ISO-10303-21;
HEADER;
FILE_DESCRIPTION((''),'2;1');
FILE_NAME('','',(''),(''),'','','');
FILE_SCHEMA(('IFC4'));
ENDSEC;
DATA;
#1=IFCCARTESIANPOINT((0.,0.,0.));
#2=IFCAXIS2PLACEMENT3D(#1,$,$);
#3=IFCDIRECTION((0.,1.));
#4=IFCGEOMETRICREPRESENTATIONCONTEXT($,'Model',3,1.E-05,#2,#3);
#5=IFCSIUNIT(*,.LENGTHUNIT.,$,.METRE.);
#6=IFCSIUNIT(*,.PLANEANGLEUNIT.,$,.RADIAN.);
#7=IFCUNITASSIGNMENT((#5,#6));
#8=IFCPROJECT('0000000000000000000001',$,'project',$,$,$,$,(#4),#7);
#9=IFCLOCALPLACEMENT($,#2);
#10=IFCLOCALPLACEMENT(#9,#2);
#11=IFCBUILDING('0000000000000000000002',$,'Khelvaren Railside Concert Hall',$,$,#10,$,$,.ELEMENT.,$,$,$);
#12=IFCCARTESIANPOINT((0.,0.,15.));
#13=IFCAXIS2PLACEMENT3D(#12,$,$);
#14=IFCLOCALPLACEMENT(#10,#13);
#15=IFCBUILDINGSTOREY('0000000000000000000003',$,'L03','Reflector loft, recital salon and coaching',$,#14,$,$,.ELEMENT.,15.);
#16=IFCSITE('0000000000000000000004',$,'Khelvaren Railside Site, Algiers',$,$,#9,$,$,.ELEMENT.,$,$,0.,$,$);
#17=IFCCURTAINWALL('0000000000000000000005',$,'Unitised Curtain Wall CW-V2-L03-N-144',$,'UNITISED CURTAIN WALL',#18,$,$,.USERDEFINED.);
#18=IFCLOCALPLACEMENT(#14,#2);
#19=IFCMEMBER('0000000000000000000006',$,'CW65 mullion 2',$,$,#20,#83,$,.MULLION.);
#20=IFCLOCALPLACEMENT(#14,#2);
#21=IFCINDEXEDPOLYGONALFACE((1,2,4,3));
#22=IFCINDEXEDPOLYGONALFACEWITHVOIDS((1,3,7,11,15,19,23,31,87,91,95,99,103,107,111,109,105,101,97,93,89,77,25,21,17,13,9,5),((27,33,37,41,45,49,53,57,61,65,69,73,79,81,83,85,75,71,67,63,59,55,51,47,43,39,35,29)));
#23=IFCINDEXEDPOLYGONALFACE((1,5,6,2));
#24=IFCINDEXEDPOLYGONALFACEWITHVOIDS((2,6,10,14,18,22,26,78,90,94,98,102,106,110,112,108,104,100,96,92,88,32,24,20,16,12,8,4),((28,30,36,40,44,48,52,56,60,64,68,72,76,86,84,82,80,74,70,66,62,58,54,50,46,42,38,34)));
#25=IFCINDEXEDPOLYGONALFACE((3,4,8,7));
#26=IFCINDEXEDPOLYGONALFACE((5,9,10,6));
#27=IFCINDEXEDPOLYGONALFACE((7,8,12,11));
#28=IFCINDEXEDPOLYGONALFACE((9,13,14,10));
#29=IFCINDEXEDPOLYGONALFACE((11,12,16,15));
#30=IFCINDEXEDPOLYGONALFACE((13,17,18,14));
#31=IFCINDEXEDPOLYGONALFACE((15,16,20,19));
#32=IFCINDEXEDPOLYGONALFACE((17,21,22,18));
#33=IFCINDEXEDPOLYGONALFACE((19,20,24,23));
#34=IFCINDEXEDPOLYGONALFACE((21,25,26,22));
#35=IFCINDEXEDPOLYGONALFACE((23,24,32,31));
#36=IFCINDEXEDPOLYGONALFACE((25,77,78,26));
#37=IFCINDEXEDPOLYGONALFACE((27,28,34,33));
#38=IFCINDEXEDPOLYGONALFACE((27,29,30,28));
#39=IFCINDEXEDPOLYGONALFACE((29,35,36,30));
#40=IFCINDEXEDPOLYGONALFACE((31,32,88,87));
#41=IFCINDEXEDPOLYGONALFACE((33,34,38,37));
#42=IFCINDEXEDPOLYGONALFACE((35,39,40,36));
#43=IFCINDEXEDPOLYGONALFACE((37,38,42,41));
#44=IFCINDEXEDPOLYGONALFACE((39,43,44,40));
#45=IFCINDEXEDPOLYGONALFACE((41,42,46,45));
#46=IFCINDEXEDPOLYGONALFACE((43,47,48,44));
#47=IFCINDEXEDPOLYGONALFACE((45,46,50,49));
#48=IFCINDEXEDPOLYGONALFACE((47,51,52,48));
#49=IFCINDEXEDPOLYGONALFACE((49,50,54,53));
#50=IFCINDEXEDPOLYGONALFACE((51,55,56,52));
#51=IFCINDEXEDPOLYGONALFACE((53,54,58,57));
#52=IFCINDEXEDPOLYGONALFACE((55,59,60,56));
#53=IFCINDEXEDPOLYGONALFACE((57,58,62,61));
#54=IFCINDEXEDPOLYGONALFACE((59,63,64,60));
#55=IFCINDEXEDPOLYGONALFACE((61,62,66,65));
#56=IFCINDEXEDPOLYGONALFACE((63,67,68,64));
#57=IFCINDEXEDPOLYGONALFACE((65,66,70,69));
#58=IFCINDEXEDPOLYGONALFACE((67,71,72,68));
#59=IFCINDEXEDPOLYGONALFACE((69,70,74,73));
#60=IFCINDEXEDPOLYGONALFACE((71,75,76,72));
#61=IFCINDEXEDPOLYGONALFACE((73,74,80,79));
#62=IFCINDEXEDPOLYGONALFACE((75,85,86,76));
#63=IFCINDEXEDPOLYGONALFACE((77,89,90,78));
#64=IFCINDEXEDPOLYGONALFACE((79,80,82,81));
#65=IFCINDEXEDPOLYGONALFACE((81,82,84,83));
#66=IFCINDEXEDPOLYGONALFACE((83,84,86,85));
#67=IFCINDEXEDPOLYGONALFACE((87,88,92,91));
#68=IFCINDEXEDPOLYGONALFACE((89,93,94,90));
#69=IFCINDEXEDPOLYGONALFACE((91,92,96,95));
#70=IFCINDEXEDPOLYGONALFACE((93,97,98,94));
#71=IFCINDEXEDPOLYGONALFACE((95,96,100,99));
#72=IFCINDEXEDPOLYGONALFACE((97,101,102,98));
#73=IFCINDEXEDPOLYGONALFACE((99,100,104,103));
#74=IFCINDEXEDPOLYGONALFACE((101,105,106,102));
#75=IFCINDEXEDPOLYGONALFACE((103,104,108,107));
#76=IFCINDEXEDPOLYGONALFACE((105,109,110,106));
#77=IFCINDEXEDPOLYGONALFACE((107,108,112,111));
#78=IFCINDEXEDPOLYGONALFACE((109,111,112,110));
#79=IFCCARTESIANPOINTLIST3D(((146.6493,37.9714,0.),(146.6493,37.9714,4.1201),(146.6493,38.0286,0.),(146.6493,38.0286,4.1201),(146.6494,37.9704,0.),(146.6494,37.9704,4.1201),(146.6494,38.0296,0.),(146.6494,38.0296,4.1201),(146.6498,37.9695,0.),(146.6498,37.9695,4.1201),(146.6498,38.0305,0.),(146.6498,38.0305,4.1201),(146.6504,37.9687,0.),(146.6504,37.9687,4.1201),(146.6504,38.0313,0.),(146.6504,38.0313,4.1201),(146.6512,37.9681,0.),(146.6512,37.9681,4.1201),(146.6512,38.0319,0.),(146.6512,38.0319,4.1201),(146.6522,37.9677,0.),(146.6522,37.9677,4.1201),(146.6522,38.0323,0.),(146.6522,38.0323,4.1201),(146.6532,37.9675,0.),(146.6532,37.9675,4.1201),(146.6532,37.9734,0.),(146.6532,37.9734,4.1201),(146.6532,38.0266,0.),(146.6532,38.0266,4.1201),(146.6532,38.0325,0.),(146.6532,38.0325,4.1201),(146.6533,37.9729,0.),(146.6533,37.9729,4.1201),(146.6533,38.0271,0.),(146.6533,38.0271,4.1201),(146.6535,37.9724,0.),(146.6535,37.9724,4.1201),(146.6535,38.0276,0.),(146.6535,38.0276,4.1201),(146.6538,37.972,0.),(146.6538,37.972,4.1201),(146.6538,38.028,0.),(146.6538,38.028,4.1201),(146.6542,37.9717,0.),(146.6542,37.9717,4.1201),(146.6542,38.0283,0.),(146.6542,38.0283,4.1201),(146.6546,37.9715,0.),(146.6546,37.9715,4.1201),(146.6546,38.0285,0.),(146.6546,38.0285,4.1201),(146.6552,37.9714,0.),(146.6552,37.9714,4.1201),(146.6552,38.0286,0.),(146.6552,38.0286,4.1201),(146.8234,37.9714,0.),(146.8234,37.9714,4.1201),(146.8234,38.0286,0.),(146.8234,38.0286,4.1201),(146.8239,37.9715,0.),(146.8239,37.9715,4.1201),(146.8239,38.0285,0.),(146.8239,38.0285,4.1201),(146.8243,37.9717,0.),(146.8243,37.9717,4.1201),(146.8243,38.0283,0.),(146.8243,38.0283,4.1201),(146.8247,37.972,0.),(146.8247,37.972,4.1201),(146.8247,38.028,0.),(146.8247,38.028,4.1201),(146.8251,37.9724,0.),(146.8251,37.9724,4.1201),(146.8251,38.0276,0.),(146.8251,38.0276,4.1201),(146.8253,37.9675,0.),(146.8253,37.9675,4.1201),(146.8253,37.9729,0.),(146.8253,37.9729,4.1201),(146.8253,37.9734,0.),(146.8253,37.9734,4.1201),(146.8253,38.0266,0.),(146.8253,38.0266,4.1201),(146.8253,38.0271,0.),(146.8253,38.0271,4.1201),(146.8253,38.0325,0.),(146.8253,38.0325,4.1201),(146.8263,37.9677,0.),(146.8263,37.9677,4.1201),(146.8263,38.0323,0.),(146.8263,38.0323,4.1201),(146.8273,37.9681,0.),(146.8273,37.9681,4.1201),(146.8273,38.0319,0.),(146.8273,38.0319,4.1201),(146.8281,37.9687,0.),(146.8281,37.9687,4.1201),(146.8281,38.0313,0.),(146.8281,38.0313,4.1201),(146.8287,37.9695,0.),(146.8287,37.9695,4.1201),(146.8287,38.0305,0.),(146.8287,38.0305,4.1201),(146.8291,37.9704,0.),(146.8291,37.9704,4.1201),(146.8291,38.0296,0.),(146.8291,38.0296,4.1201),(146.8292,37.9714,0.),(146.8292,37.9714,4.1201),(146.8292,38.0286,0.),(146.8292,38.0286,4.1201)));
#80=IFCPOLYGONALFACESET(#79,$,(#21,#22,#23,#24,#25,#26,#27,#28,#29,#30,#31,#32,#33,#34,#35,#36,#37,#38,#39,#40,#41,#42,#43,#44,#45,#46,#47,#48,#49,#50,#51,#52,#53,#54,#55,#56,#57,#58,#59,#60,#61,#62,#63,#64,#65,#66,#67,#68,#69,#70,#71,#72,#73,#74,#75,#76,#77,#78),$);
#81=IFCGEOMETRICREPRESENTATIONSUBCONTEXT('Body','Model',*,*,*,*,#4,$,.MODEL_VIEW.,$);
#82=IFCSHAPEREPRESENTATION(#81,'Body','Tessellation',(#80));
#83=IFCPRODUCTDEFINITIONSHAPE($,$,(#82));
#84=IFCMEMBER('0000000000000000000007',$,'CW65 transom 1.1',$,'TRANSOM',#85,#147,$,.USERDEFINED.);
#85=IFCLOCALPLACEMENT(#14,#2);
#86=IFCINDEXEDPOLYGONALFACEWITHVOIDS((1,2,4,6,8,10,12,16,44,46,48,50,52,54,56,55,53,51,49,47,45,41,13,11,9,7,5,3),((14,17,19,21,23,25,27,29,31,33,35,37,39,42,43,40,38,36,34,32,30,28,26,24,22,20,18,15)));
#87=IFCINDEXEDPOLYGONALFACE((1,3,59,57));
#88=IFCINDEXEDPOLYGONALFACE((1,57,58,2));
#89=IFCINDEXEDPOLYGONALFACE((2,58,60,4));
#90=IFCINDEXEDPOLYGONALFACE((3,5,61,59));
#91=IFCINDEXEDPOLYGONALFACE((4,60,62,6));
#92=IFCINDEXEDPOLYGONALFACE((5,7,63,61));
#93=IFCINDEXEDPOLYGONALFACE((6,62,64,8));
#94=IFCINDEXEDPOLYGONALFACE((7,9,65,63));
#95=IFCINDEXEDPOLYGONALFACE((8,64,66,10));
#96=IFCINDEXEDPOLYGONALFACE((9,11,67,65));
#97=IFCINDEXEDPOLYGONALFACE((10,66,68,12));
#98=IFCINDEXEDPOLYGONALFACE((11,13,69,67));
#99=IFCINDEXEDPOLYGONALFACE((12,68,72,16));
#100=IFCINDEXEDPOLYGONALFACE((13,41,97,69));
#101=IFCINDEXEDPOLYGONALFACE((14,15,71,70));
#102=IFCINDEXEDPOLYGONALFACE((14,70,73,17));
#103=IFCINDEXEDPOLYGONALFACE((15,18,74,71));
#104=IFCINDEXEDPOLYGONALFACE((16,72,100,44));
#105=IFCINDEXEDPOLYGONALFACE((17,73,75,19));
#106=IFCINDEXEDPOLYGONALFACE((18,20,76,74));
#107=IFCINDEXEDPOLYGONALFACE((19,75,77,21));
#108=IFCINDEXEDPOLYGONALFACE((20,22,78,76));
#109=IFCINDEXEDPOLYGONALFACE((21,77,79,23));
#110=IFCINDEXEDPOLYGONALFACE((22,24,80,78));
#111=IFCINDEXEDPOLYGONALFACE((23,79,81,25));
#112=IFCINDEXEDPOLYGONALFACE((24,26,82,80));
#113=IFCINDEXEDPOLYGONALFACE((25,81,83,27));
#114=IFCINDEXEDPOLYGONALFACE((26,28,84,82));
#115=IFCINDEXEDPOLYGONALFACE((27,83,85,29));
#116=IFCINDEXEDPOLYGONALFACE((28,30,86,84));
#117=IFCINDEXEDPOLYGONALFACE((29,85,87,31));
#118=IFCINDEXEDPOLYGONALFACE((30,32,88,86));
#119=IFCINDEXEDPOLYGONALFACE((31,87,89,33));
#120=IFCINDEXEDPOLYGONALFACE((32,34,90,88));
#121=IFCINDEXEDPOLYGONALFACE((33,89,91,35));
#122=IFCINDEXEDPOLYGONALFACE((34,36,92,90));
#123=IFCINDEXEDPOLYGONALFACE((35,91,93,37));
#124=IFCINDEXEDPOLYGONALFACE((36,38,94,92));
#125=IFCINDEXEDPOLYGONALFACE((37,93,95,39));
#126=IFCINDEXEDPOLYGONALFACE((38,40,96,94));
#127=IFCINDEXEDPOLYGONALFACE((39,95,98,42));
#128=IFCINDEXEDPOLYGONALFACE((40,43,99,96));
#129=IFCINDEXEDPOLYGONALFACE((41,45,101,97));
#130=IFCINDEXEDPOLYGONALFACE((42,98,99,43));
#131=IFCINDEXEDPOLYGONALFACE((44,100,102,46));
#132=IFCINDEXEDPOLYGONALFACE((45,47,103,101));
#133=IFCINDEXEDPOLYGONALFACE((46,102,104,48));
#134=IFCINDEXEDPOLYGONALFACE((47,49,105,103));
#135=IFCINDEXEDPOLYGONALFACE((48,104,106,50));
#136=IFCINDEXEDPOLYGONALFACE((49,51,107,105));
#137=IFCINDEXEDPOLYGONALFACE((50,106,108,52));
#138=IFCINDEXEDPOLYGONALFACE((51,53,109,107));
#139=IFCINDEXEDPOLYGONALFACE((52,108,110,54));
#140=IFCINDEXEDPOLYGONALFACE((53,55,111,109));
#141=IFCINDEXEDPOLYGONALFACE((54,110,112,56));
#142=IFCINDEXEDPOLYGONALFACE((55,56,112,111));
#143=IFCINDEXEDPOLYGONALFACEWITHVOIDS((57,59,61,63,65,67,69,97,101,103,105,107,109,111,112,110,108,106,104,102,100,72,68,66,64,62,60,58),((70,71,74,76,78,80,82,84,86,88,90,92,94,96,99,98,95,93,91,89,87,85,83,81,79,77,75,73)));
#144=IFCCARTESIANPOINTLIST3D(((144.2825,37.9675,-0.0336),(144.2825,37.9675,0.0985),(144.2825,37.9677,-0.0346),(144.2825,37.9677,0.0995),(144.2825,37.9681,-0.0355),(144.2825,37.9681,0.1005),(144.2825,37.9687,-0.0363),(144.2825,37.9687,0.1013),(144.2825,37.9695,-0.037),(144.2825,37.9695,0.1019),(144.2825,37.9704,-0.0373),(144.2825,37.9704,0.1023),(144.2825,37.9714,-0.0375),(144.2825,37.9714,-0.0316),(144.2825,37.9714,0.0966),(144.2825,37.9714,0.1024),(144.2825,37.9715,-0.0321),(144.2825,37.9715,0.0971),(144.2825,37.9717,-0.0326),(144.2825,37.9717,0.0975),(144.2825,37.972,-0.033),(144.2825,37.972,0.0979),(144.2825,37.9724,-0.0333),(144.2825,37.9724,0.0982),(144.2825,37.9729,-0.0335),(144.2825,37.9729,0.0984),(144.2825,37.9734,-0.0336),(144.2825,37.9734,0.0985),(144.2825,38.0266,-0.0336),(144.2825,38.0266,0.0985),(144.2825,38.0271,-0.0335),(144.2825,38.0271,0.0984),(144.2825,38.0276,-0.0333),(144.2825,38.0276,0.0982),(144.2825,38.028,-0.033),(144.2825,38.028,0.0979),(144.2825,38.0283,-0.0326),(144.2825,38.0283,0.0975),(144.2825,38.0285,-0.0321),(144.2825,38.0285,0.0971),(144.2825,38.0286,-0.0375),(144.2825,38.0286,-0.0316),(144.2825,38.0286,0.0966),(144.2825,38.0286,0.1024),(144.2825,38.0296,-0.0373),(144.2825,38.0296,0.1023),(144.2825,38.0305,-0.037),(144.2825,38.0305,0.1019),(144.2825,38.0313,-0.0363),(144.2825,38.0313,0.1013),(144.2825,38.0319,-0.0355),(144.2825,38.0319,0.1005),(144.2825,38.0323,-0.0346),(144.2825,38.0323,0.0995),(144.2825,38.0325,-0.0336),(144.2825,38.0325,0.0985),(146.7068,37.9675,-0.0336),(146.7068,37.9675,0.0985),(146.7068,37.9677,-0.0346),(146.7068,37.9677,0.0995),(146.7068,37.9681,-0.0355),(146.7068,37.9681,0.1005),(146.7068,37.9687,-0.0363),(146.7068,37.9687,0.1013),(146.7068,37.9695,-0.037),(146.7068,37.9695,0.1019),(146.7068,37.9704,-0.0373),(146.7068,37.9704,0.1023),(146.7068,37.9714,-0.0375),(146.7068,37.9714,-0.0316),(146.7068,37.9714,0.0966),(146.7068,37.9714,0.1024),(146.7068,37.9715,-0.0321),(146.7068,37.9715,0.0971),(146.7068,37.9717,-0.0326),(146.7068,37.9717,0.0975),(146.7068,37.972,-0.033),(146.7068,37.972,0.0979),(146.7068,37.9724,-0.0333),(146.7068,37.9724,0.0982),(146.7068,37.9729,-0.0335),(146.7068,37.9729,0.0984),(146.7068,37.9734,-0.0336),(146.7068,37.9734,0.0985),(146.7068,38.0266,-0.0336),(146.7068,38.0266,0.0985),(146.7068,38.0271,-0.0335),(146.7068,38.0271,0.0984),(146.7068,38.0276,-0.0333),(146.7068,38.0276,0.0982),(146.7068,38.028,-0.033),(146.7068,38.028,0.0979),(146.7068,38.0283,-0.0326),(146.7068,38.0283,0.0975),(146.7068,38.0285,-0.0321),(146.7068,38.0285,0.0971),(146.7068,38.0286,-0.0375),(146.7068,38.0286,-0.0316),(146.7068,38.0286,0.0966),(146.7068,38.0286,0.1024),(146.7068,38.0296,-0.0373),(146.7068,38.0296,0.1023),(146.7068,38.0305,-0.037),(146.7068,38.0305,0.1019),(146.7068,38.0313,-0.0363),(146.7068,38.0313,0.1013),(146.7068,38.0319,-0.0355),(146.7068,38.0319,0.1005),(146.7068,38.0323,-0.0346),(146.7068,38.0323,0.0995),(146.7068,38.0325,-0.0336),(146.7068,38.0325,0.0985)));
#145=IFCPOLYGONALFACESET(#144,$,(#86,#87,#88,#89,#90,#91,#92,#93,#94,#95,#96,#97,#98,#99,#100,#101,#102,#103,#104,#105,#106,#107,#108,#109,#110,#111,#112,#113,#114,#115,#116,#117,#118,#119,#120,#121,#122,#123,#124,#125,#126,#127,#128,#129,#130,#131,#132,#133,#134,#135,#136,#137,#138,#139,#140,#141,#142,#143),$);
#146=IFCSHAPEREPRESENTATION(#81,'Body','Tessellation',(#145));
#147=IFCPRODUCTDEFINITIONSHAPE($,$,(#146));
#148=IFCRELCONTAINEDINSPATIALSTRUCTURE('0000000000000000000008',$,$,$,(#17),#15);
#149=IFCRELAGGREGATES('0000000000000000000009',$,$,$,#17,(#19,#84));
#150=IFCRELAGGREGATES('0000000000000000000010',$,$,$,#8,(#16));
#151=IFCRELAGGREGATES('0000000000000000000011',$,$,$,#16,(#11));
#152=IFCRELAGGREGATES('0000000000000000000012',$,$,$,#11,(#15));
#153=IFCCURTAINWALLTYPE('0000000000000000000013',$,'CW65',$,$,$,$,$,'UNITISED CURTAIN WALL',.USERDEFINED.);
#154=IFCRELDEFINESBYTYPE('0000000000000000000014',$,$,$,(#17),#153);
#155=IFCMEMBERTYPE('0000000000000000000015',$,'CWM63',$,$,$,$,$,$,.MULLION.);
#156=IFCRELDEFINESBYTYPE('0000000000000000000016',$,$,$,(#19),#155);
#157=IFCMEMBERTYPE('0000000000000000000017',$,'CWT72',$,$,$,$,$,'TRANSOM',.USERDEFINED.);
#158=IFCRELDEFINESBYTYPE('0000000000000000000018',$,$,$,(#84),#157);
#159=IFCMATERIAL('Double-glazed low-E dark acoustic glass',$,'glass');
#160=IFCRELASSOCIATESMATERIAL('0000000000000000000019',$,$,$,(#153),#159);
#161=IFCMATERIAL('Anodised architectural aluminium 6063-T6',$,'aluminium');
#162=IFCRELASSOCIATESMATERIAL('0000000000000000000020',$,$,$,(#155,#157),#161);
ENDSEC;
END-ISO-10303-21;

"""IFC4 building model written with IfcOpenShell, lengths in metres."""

from ifc_helpers import new_model, si_unit, direction, frame, origin, origin_2d, place, context, subcontext, project, spatial, hollow_rectangle, extrude, material, material_profile, profile_set, type_object, element, aggregate, save


model = new_model("IFC4")

# Units and contexts
model_context = context("Model", 3, precision=1e-05, world=origin(), true_north=direction((0.0, 1.0)))
body_context = subcontext(model_context, "Body", "Model", "MODEL_VIEW")
ifc_project = project(units=[si_unit("LENGTHUNIT", "METRE"), si_unit("PLANEANGLEUNIT", "RADIAN")], contexts=[model_context])

# Site, building, storey
site_placement = place(None, origin())
site = spatial("IfcSite", under=ifc_project, at=site_placement, Name="Khelvaren Railside Site, Algiers", CompositionType="ELEMENT", RefElevation=0.0)
building_placement = place(site_placement, origin())
building = spatial("IfcBuilding", under=site, at=building_placement, Name="Khelvaren Railside Concert Hall", CompositionType="ELEMENT")
storey_placement = place(building_placement, frame((0.0, 0.0, 15.0)))
storey = spatial("IfcBuildingStorey", under=building, at=storey_placement, Name="L03", Description="Reflector loft, recital salon and coaching", CompositionType="ELEMENT", Elevation=15.0)

# Shared definitions
ifc_material_1 = material(Name="Anodised architectural aluminium 6063-T6", Category="aluminium")

# Curtain wall, members
ifc_material_2 = material(Name="Double-glazed low-E dark acoustic glass", Category="glass")
curtain_wall_type_1 = type_object("IfcCurtainWallType", Name="CW65", ElementType="UNITISED CURTAIN WALL", PredefinedType="USERDEFINED", material=ifc_material_2)
curtain_wall_1_placement = place(storey_placement, origin())
curtain_wall_1 = element("IfcCurtainWall", 1, at=curtain_wall_1_placement, inside=storey, type_object=curtain_wall_type_1, Name="Unitised Curtain Wall CW-V2-L03-N-144", ObjectType="UNITISED CURTAIN WALL", PredefinedType="USERDEFINED")
ifc_material_profile_1 = material_profile(ifc_material_1, hollow_rectangle(XDim=0.0649, YDim=0.1799, WallThickness=0.0039, InnerFilletRadius=0.002, OuterFilletRadius=0.0039, at=origin_2d()), Name="CWM 65x180x4")
ifc_profile_set_1 = profile_set([ifc_material_profile_1], Name="Anodised architectural aluminium 6063-T6")
member_type_1 = type_object("IfcMemberType", Name="CWM63", PredefinedType="MULLION", material=ifc_profile_set_1)
member_1_placement = place(storey_placement, frame((146.7393, 38.0, 0.0), z_axis=(0.0, 0.0, 1.0), x_axis=(0.0, 1.0, 0.0)))
member_1 = element("IfcMember", 2, at=member_1_placement, type_object=member_type_1, Name="CW65 mullion 2", PredefinedType="MULLION", context=body_context, shape_type="SweptSolid", body=[
    extrude(hollow_rectangle(XDim=0.0649, YDim=0.1799, WallThickness=0.0039, InnerFilletRadius=0.002, OuterFilletRadius=0.0039, at=origin_2d()), origin(), (0.0, 0.0, 1.0), 4.1201),
])
ifc_material_profile_2 = material_profile(ifc_material_1, hollow_rectangle(XDim=0.0649, YDim=0.1399, WallThickness=0.0039, InnerFilletRadius=0.002, OuterFilletRadius=0.0039, at=origin_2d()), Name="CWT 65x140x4")
ifc_profile_set_2 = profile_set([ifc_material_profile_2], Name="Anodised architectural aluminium 6063-T6")
member_type_2 = type_object("IfcMemberType", Name="CWT72", ElementType="TRANSOM", PredefinedType="USERDEFINED", material=ifc_profile_set_2)
member_2_placement = place(storey_placement, frame((144.2825, 38.0, 0.0325), z_axis=(1.0, 0.0, 0.0), x_axis=(0.0, 1.0, 0.0)))
member_2 = element("IfcMember", 3, at=member_2_placement, type_object=member_type_2, Name="CW65 transom 1.1", ObjectType="TRANSOM", PredefinedType="USERDEFINED", context=body_context, shape_type="SweptSolid", body=[
    extrude(hollow_rectangle(XDim=0.0649, YDim=0.1399, WallThickness=0.0039, InnerFilletRadius=0.002, OuterFilletRadius=0.0039, at=origin_2d()), origin(), (0.0, 0.0, 1.0), 2.4243),
])

aggregate(curtain_wall_1, [member_1, member_2])

save(model, "model.ifc")
